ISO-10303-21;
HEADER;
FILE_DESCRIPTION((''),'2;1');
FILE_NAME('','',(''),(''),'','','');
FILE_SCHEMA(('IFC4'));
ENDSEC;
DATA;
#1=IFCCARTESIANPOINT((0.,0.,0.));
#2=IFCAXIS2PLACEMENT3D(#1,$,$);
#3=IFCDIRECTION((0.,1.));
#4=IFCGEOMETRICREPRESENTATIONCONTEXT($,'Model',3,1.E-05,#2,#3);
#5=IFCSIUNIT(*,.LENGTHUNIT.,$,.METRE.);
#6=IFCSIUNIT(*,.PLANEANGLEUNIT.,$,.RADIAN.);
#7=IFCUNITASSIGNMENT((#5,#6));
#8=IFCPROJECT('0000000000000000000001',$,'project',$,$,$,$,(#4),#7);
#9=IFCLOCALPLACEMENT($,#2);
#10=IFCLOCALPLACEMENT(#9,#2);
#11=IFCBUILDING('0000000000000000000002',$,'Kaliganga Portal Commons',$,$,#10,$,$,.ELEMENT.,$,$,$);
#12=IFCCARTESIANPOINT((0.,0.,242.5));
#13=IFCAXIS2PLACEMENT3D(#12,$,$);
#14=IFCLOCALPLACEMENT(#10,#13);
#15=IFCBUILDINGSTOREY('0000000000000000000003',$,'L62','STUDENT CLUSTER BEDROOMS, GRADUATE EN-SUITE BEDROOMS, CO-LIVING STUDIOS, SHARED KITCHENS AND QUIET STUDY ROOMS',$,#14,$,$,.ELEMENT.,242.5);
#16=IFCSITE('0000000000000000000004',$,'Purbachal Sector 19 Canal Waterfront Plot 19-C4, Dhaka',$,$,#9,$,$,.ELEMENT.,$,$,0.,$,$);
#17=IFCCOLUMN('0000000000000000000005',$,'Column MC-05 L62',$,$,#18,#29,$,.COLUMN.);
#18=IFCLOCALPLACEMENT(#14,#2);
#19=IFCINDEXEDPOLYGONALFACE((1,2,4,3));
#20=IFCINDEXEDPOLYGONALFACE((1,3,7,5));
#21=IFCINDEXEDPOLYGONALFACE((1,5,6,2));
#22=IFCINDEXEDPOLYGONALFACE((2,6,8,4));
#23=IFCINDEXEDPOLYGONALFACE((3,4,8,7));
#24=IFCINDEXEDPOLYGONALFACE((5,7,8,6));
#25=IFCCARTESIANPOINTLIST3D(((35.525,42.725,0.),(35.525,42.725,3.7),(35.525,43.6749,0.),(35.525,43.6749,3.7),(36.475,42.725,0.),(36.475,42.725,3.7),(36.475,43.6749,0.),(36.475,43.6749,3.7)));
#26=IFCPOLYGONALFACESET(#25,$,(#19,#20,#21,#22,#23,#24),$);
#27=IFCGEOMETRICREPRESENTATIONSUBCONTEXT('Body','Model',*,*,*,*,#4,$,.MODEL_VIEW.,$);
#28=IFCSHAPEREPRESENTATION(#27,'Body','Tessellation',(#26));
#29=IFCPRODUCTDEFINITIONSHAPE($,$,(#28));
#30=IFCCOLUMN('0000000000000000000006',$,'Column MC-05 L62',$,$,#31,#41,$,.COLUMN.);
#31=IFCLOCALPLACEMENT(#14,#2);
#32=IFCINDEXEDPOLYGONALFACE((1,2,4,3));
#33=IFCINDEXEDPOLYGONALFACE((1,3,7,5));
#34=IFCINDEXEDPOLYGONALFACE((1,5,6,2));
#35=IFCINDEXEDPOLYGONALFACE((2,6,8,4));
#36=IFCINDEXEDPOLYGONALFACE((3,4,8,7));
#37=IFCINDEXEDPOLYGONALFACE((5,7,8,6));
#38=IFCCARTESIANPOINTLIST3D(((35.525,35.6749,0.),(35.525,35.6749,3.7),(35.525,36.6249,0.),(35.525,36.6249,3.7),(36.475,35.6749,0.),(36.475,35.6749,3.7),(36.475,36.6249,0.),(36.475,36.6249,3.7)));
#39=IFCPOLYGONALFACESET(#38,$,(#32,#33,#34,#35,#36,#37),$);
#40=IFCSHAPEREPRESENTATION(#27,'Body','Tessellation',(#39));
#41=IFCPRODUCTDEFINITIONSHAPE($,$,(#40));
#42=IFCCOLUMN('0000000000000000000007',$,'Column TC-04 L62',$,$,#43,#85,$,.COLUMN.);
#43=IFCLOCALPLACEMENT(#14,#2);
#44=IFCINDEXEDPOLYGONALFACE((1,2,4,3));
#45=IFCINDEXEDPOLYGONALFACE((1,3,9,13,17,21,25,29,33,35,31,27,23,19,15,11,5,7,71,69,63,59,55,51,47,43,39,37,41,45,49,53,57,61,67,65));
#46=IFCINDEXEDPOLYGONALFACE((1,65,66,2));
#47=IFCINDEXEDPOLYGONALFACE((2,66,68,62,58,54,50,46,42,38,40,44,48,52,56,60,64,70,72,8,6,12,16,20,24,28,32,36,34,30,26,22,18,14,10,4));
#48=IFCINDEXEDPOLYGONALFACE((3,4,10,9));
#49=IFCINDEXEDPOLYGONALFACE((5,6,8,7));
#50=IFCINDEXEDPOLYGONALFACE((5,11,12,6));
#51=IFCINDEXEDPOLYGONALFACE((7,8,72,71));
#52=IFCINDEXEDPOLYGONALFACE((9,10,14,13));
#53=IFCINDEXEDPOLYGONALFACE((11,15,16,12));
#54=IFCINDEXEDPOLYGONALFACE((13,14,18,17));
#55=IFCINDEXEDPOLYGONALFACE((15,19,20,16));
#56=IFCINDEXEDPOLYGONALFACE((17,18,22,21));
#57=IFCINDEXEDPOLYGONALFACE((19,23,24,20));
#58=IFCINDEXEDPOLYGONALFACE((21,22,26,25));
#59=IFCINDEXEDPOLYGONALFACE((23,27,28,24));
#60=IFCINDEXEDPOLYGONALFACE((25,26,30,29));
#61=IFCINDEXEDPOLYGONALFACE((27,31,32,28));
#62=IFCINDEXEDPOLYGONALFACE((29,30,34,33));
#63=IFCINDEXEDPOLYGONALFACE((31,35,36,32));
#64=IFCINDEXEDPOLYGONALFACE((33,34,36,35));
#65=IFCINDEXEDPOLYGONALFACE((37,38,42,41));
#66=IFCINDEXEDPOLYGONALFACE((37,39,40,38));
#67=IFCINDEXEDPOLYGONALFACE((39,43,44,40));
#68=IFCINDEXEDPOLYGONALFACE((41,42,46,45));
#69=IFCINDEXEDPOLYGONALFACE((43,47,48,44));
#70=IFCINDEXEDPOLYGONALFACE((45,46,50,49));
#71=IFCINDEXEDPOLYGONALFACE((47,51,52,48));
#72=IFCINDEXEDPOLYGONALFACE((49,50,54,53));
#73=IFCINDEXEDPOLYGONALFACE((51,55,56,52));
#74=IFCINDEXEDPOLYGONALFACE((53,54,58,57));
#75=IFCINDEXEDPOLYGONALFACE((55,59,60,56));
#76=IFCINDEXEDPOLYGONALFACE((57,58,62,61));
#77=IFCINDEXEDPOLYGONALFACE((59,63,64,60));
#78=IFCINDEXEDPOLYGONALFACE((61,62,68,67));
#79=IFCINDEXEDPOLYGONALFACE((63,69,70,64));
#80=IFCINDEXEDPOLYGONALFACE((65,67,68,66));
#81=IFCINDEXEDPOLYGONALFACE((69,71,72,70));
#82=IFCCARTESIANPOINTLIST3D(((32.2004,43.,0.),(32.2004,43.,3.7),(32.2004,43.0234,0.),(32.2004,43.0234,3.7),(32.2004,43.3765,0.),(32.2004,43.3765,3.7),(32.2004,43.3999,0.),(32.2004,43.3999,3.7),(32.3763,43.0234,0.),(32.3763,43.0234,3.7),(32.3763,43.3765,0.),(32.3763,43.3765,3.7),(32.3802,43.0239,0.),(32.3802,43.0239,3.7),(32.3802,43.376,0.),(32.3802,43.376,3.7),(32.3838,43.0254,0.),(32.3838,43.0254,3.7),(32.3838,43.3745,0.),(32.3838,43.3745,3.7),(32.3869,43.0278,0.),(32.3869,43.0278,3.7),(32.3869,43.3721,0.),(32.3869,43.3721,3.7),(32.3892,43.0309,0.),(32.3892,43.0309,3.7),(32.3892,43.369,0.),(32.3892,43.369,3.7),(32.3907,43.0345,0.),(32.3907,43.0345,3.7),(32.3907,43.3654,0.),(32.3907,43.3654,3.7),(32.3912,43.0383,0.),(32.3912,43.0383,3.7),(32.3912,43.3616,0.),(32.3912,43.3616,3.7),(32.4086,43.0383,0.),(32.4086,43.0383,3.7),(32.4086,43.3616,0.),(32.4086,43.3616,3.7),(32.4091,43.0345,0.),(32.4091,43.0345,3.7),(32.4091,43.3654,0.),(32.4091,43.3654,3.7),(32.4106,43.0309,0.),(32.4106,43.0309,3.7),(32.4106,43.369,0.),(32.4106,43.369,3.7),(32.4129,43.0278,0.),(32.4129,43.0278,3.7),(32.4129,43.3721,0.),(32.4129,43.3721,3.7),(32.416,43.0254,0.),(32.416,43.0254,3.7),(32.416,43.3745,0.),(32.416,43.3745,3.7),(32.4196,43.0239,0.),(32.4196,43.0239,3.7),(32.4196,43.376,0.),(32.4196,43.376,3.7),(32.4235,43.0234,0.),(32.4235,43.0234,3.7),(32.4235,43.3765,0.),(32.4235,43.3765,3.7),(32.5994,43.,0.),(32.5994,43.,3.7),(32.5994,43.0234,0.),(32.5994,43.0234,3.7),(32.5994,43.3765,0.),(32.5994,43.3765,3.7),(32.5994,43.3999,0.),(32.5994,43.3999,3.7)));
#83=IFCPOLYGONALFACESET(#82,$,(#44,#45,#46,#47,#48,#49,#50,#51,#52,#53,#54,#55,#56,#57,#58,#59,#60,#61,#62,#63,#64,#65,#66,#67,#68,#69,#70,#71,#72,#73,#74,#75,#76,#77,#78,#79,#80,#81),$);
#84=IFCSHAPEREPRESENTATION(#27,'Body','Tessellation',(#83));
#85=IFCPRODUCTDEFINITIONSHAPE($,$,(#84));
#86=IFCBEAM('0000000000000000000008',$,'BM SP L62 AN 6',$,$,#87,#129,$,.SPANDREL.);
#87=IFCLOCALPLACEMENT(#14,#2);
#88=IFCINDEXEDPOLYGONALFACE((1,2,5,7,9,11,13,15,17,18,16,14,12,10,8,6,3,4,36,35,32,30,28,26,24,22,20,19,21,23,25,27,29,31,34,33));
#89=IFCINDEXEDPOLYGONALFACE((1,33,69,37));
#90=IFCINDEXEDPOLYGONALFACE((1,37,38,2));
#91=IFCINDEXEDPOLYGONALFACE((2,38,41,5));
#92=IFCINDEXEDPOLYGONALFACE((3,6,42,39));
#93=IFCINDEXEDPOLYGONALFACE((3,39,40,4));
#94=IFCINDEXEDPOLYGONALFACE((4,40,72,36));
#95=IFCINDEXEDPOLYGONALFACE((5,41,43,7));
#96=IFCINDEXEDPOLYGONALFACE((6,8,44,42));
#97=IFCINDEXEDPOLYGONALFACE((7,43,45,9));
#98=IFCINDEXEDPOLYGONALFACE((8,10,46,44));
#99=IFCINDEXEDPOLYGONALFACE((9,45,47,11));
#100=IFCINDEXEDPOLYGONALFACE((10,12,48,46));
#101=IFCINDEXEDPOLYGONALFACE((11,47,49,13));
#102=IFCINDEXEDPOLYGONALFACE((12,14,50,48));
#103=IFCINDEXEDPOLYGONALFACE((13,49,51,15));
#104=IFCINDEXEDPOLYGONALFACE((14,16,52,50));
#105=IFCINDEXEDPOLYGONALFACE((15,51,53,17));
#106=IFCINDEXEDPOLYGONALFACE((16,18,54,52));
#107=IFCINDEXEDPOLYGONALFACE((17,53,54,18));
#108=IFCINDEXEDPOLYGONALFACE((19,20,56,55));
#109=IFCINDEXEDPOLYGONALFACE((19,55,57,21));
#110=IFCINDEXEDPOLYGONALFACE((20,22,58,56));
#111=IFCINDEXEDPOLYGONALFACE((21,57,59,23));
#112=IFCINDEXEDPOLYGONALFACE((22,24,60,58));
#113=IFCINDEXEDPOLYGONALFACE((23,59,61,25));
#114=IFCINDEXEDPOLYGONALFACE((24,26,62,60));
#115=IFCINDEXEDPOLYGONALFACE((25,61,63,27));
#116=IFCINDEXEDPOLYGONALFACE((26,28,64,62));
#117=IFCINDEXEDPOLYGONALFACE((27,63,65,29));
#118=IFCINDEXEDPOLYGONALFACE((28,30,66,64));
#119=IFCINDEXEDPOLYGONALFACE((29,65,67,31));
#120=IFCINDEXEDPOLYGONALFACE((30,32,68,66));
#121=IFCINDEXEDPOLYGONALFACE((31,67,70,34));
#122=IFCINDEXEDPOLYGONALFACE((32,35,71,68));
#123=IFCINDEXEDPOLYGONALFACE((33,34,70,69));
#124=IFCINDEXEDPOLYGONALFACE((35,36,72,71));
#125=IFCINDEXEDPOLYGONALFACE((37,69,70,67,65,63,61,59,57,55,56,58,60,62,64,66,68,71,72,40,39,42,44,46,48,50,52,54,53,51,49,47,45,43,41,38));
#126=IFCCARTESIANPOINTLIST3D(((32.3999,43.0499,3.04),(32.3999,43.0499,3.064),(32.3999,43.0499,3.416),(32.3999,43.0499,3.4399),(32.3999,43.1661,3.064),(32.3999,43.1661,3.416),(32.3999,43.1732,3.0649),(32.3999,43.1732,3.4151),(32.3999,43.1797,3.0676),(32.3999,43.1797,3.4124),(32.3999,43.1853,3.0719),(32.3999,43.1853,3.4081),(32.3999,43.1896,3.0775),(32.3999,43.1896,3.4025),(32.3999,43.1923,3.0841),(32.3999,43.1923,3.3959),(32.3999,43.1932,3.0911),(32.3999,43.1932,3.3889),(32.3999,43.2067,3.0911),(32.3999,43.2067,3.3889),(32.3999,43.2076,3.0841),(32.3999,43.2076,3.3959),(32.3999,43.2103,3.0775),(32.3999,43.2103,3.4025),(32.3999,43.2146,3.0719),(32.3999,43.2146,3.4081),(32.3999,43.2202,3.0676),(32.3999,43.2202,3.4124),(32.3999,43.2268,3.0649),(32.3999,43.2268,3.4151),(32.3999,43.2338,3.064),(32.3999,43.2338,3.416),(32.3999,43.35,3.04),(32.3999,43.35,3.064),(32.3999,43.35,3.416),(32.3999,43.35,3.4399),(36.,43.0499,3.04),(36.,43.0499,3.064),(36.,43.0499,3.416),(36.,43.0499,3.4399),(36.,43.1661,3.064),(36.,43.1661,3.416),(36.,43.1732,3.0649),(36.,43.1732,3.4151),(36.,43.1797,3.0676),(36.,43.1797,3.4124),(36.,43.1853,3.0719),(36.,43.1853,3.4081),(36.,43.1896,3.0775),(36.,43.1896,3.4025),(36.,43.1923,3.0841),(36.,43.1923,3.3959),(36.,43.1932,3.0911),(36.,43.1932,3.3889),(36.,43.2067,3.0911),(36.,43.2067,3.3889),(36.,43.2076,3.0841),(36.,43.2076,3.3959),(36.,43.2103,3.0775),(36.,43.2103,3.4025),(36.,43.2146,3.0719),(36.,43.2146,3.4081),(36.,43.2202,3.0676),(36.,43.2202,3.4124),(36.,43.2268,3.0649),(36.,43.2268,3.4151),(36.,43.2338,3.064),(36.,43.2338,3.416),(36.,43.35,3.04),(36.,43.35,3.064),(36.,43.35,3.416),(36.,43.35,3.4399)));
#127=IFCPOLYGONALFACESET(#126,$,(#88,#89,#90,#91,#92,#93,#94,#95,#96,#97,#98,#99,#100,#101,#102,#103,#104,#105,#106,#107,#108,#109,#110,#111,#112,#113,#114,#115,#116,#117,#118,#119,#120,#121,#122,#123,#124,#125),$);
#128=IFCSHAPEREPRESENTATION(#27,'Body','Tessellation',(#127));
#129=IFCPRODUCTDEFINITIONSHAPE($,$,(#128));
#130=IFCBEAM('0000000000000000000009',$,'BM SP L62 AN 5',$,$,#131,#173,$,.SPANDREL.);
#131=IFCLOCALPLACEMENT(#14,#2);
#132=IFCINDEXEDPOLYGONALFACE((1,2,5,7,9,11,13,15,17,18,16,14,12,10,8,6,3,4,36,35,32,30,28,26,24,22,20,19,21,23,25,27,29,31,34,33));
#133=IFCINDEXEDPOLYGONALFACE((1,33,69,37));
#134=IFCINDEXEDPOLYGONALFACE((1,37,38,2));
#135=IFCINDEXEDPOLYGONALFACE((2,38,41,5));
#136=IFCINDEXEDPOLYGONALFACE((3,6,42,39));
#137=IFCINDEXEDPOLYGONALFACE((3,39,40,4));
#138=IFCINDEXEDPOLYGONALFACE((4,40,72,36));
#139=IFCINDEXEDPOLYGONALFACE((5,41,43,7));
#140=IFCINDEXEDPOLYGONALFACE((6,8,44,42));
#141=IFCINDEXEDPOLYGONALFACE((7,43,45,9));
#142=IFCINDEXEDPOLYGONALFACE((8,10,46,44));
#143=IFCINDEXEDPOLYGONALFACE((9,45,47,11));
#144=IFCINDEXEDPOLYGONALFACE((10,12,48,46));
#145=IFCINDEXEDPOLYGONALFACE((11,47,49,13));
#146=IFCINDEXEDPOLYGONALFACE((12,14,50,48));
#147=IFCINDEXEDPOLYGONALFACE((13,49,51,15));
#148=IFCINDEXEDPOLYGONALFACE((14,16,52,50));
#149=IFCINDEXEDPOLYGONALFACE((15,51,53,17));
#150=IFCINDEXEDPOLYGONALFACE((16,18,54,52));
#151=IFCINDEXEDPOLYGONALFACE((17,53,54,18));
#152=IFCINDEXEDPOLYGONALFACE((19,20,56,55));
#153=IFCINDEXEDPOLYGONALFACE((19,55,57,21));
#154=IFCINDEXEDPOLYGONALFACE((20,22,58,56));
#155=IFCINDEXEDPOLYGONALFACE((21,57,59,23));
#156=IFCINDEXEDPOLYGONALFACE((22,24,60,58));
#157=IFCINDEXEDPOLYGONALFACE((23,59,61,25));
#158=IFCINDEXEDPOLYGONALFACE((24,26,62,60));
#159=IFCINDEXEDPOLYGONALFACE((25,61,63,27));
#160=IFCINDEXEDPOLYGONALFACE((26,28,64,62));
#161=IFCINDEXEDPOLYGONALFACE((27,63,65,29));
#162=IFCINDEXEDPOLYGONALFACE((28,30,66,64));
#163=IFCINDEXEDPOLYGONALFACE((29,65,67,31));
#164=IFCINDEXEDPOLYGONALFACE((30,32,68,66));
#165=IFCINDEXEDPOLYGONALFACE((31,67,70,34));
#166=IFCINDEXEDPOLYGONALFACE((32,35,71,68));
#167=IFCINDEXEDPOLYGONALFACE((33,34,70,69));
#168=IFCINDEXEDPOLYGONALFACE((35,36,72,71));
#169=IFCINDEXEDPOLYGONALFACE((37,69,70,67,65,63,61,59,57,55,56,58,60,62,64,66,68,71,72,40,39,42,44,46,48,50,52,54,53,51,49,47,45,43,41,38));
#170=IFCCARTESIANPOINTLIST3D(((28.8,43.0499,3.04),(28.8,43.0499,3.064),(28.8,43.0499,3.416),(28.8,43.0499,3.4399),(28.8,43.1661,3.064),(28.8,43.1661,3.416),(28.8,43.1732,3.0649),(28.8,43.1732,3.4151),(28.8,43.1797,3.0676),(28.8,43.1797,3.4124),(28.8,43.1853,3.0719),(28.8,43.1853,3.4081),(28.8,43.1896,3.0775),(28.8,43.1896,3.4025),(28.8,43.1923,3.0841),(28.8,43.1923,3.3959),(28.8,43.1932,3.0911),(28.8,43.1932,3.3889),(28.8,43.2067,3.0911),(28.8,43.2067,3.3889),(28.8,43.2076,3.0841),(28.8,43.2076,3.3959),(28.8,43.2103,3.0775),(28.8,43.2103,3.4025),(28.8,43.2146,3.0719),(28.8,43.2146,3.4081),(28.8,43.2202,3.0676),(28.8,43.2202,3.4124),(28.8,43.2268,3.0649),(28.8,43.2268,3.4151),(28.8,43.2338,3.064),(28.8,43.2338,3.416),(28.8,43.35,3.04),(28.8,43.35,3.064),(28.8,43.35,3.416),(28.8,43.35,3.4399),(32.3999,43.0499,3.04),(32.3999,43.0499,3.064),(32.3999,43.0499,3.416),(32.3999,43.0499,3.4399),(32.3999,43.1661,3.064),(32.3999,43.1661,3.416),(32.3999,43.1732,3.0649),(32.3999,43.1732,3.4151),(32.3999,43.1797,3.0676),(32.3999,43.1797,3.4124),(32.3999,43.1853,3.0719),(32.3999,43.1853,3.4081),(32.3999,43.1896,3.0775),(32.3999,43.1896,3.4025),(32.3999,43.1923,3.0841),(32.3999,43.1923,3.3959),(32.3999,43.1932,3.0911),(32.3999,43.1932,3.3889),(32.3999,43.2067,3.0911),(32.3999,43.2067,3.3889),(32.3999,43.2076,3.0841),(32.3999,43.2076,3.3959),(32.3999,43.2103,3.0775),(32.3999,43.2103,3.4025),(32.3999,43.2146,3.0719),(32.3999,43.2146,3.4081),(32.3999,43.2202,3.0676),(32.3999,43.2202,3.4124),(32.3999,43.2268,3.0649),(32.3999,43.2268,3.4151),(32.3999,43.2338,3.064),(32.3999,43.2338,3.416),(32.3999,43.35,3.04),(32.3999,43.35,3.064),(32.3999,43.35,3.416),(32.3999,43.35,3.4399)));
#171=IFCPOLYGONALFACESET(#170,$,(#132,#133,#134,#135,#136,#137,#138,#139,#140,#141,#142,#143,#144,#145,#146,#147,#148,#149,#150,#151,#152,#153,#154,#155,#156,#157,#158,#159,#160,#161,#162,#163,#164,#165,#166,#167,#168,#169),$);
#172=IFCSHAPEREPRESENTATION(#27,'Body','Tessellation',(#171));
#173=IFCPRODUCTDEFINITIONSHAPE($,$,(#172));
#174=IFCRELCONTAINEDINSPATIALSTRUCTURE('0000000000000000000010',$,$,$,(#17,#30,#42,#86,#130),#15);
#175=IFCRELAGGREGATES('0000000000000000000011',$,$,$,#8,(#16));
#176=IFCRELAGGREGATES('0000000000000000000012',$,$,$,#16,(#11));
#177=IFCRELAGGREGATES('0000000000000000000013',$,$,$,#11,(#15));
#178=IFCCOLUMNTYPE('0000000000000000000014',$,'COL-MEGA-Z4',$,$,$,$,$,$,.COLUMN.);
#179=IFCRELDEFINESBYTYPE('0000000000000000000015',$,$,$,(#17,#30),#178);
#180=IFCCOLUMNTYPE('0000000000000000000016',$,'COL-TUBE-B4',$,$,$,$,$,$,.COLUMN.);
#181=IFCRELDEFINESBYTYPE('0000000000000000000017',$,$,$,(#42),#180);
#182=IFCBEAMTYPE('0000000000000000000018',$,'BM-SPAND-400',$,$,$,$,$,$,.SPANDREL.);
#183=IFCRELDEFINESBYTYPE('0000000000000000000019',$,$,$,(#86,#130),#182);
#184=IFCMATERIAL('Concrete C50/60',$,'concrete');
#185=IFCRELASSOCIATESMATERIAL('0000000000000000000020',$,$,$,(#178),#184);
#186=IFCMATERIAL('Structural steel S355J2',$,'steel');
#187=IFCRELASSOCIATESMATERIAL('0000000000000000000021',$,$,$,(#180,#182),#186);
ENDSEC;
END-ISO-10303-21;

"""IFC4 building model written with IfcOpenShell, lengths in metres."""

from ifc_helpers import new_model, si_unit, direction, frame, origin, origin_2d, place, context, subcontext, project, spatial, rectangle, i_section, extrude, source, transform, mapped, material, material_profile, profile_set, type_object, element, save


model = new_model("IFC4")

# Units and contexts
model_context = context("Model", 3, precision=1e-05, world=origin(), true_north=direction((0.0, 1.0)))
body_context = subcontext(model_context, "Body", "Model", "MODEL_VIEW")
ifc_project = project(units=[si_unit("LENGTHUNIT", "METRE"), si_unit("PLANEANGLEUNIT", "RADIAN")], contexts=[model_context])

# Site, building, storey
site_placement = place(None, origin())
site = spatial("IfcSite", under=ifc_project, at=site_placement, Name="Purbachal Sector 19 Canal Waterfront Plot 19-C4, Dhaka", CompositionType="ELEMENT", RefElevation=0.0)
building_placement = place(site_placement, origin())
building = spatial("IfcBuilding", under=site, at=building_placement, Name="Kaliganga Portal Commons", CompositionType="ELEMENT")
storey_placement = place(building_placement, frame((0.0, 0.0, 242.5)))
storey = spatial("IfcBuildingStorey", under=building, at=storey_placement, Name="L62", Description="STUDENT CLUSTER BEDROOMS, GRADUATE EN-SUITE BEDROOMS, CO-LIVING STUDIOS, SHARED KITCHENS AND QUIET STUDY ROOMS", CompositionType="ELEMENT", Elevation=242.5)

# Columns
ifc_material_1 = material(Name="Concrete C50/60", Category="concrete")
ifc_material_profile_1 = material_profile(ifc_material_1, rectangle(XDim=0.95, YDim=0.95, at=origin_2d()), Name="RC 950x950")
ifc_profile_set_1 = profile_set([ifc_material_profile_1], Name="Concrete C50/60")
column_type_1 = type_object("IfcColumnType", Name="COL-MEGA-Z4", PredefinedType="COLUMN", material=ifc_profile_set_1)
shared_shape_1 = source(origin(), body_context, "Body", "SweptSolid", [
    extrude(rectangle(XDim=0.95, YDim=0.95, at=origin_2d()), origin(), (0.0, 0.0, 1.0), 3.7),
])
for number, where, z_axis, x_axis, name in (
    (1, (36.0, 43.2, 0.0), (0.0, 0.0, 1.0), (1.0, 0.0, 0.0), "Column MC-05 L62"),
    (2, (36.0, 36.1499, 0.0), (0.0, 0.0, 1.0), (1.0, 0.0, 0.0), "Column MC-05 L62"),
):
    element("IfcColumn", number, at=place(storey_placement, frame(where, z_axis=z_axis, x_axis=x_axis)), inside=storey, type_object=column_type_1, Name=name, PredefinedType="COLUMN", context=body_context, shape_type="MappedRepresentation", body=[
        mapped(shared_shape_1, transform((0.0, 0.0, 0.0), x_axis=(1.0, 0.0, 0.0), y_axis=(0.0, 1.0, 0.0), z_axis=(0.0, 0.0, 1.0), scale=1.0)),
    ])
ifc_material_2 = material(Name="Structural steel S355J2", Category="steel")
ifc_material_profile_2 = material_profile(ifc_material_2, i_section(OverallWidth=0.3989, OverallDepth=0.3999, WebThickness=0.0173, FlangeThickness=0.0234, FilletRadius=0.0149, at=origin_2d()), Name="HD 400x287")
ifc_profile_set_2 = profile_set([ifc_material_profile_2], Name="Structural steel S355J2 wide-flange")
column_type_2 = type_object("IfcColumnType", Name="COL-TUBE-B4", PredefinedType="COLUMN", material=ifc_profile_set_2)
shared_shape_2 = source(origin(), body_context, "Body", "SweptSolid", [
    extrude(i_section(OverallWidth=0.3989, OverallDepth=0.3999, WebThickness=0.0173, FlangeThickness=0.0234, FilletRadius=0.0149, at=origin_2d()), origin(), (0.0, 0.0, 1.0), 3.7),
])
column_placement = place(storey_placement, frame((32.3999, 43.2, 0.0), z_axis=(0.0, 0.0, 1.0), x_axis=(1.0, 0.0, 0.0)))
element("IfcColumn", 3, at=column_placement, inside=storey, type_object=column_type_2, Name="Column TC-04 L62", PredefinedType="COLUMN", context=body_context, shape_type="MappedRepresentation", body=[
    mapped(shared_shape_2, transform((0.0, 0.0, 0.0), x_axis=(1.0, 0.0, 0.0), y_axis=(0.0, 1.0, 0.0), z_axis=(0.0, 0.0, 1.0), scale=1.0)),
])

# Beams
ifc_material_profile_3 = material_profile(ifc_material_2, i_section(OverallWidth=0.3, OverallDepth=0.3999, WebThickness=0.0134, FlangeThickness=0.0239, FilletRadius=0.0271, at=origin_2d()), Name="HE 400 B")
ifc_profile_set_3 = profile_set([ifc_material_profile_3], Name="Structural steel S355J2 wide-flange")
beam_type_1 = type_object("IfcBeamType", Name="BM-SPAND-400", PredefinedType="SPANDREL", material=ifc_profile_set_3)
shared_shape_3 = source(origin(), body_context, "Body", "SweptSolid", [
    extrude(i_section(OverallWidth=0.3, OverallDepth=0.3999, WebThickness=0.0134, FlangeThickness=0.0239, FilletRadius=0.0271, at=origin_2d()), origin(), (0.0, 0.0, 1.0), 3.6001),
])
beam_1_placement = place(storey_placement, frame((32.3999, 43.2, 3.24), z_axis=(1.0, 0.0, 0.0), x_axis=(0.0, 1.0, 0.0)))
element("IfcBeam", 4, at=beam_1_placement, inside=storey, type_object=beam_type_1, Name="BM SP L62 AN 6", PredefinedType="SPANDREL", context=body_context, shape_type="MappedRepresentation", body=[
    mapped(shared_shape_3, transform((0.0, 0.0, 0.0), x_axis=(1.0, 0.0, 0.0), y_axis=(0.0, 1.0, 0.0), z_axis=(0.0, 0.0, 1.0), scale=1.0)),
])
shared_shape_4 = source(origin(), body_context, "Body", "SweptSolid", [
    extrude(i_section(OverallWidth=0.3, OverallDepth=0.3999, WebThickness=0.0134, FlangeThickness=0.0239, FilletRadius=0.0271, at=origin_2d()), origin(), (0.0, 0.0, 1.0), 3.5999),
])
beam_2_placement = place(storey_placement, frame((28.8, 43.2, 3.24), z_axis=(1.0, 0.0, 0.0), x_axis=(0.0, 1.0, 0.0)))
element("IfcBeam", 5, at=beam_2_placement, inside=storey, type_object=beam_type_1, Name="BM SP L62 AN 5", PredefinedType="SPANDREL", context=body_context, shape_type="MappedRepresentation", body=[
    mapped(shared_shape_4, transform((0.0, 0.0, 0.0), x_axis=(1.0, 0.0, 0.0), y_axis=(0.0, 1.0, 0.0), z_axis=(0.0, 0.0, 1.0), scale=1.0)),
])

save(model, "model.ifc")
